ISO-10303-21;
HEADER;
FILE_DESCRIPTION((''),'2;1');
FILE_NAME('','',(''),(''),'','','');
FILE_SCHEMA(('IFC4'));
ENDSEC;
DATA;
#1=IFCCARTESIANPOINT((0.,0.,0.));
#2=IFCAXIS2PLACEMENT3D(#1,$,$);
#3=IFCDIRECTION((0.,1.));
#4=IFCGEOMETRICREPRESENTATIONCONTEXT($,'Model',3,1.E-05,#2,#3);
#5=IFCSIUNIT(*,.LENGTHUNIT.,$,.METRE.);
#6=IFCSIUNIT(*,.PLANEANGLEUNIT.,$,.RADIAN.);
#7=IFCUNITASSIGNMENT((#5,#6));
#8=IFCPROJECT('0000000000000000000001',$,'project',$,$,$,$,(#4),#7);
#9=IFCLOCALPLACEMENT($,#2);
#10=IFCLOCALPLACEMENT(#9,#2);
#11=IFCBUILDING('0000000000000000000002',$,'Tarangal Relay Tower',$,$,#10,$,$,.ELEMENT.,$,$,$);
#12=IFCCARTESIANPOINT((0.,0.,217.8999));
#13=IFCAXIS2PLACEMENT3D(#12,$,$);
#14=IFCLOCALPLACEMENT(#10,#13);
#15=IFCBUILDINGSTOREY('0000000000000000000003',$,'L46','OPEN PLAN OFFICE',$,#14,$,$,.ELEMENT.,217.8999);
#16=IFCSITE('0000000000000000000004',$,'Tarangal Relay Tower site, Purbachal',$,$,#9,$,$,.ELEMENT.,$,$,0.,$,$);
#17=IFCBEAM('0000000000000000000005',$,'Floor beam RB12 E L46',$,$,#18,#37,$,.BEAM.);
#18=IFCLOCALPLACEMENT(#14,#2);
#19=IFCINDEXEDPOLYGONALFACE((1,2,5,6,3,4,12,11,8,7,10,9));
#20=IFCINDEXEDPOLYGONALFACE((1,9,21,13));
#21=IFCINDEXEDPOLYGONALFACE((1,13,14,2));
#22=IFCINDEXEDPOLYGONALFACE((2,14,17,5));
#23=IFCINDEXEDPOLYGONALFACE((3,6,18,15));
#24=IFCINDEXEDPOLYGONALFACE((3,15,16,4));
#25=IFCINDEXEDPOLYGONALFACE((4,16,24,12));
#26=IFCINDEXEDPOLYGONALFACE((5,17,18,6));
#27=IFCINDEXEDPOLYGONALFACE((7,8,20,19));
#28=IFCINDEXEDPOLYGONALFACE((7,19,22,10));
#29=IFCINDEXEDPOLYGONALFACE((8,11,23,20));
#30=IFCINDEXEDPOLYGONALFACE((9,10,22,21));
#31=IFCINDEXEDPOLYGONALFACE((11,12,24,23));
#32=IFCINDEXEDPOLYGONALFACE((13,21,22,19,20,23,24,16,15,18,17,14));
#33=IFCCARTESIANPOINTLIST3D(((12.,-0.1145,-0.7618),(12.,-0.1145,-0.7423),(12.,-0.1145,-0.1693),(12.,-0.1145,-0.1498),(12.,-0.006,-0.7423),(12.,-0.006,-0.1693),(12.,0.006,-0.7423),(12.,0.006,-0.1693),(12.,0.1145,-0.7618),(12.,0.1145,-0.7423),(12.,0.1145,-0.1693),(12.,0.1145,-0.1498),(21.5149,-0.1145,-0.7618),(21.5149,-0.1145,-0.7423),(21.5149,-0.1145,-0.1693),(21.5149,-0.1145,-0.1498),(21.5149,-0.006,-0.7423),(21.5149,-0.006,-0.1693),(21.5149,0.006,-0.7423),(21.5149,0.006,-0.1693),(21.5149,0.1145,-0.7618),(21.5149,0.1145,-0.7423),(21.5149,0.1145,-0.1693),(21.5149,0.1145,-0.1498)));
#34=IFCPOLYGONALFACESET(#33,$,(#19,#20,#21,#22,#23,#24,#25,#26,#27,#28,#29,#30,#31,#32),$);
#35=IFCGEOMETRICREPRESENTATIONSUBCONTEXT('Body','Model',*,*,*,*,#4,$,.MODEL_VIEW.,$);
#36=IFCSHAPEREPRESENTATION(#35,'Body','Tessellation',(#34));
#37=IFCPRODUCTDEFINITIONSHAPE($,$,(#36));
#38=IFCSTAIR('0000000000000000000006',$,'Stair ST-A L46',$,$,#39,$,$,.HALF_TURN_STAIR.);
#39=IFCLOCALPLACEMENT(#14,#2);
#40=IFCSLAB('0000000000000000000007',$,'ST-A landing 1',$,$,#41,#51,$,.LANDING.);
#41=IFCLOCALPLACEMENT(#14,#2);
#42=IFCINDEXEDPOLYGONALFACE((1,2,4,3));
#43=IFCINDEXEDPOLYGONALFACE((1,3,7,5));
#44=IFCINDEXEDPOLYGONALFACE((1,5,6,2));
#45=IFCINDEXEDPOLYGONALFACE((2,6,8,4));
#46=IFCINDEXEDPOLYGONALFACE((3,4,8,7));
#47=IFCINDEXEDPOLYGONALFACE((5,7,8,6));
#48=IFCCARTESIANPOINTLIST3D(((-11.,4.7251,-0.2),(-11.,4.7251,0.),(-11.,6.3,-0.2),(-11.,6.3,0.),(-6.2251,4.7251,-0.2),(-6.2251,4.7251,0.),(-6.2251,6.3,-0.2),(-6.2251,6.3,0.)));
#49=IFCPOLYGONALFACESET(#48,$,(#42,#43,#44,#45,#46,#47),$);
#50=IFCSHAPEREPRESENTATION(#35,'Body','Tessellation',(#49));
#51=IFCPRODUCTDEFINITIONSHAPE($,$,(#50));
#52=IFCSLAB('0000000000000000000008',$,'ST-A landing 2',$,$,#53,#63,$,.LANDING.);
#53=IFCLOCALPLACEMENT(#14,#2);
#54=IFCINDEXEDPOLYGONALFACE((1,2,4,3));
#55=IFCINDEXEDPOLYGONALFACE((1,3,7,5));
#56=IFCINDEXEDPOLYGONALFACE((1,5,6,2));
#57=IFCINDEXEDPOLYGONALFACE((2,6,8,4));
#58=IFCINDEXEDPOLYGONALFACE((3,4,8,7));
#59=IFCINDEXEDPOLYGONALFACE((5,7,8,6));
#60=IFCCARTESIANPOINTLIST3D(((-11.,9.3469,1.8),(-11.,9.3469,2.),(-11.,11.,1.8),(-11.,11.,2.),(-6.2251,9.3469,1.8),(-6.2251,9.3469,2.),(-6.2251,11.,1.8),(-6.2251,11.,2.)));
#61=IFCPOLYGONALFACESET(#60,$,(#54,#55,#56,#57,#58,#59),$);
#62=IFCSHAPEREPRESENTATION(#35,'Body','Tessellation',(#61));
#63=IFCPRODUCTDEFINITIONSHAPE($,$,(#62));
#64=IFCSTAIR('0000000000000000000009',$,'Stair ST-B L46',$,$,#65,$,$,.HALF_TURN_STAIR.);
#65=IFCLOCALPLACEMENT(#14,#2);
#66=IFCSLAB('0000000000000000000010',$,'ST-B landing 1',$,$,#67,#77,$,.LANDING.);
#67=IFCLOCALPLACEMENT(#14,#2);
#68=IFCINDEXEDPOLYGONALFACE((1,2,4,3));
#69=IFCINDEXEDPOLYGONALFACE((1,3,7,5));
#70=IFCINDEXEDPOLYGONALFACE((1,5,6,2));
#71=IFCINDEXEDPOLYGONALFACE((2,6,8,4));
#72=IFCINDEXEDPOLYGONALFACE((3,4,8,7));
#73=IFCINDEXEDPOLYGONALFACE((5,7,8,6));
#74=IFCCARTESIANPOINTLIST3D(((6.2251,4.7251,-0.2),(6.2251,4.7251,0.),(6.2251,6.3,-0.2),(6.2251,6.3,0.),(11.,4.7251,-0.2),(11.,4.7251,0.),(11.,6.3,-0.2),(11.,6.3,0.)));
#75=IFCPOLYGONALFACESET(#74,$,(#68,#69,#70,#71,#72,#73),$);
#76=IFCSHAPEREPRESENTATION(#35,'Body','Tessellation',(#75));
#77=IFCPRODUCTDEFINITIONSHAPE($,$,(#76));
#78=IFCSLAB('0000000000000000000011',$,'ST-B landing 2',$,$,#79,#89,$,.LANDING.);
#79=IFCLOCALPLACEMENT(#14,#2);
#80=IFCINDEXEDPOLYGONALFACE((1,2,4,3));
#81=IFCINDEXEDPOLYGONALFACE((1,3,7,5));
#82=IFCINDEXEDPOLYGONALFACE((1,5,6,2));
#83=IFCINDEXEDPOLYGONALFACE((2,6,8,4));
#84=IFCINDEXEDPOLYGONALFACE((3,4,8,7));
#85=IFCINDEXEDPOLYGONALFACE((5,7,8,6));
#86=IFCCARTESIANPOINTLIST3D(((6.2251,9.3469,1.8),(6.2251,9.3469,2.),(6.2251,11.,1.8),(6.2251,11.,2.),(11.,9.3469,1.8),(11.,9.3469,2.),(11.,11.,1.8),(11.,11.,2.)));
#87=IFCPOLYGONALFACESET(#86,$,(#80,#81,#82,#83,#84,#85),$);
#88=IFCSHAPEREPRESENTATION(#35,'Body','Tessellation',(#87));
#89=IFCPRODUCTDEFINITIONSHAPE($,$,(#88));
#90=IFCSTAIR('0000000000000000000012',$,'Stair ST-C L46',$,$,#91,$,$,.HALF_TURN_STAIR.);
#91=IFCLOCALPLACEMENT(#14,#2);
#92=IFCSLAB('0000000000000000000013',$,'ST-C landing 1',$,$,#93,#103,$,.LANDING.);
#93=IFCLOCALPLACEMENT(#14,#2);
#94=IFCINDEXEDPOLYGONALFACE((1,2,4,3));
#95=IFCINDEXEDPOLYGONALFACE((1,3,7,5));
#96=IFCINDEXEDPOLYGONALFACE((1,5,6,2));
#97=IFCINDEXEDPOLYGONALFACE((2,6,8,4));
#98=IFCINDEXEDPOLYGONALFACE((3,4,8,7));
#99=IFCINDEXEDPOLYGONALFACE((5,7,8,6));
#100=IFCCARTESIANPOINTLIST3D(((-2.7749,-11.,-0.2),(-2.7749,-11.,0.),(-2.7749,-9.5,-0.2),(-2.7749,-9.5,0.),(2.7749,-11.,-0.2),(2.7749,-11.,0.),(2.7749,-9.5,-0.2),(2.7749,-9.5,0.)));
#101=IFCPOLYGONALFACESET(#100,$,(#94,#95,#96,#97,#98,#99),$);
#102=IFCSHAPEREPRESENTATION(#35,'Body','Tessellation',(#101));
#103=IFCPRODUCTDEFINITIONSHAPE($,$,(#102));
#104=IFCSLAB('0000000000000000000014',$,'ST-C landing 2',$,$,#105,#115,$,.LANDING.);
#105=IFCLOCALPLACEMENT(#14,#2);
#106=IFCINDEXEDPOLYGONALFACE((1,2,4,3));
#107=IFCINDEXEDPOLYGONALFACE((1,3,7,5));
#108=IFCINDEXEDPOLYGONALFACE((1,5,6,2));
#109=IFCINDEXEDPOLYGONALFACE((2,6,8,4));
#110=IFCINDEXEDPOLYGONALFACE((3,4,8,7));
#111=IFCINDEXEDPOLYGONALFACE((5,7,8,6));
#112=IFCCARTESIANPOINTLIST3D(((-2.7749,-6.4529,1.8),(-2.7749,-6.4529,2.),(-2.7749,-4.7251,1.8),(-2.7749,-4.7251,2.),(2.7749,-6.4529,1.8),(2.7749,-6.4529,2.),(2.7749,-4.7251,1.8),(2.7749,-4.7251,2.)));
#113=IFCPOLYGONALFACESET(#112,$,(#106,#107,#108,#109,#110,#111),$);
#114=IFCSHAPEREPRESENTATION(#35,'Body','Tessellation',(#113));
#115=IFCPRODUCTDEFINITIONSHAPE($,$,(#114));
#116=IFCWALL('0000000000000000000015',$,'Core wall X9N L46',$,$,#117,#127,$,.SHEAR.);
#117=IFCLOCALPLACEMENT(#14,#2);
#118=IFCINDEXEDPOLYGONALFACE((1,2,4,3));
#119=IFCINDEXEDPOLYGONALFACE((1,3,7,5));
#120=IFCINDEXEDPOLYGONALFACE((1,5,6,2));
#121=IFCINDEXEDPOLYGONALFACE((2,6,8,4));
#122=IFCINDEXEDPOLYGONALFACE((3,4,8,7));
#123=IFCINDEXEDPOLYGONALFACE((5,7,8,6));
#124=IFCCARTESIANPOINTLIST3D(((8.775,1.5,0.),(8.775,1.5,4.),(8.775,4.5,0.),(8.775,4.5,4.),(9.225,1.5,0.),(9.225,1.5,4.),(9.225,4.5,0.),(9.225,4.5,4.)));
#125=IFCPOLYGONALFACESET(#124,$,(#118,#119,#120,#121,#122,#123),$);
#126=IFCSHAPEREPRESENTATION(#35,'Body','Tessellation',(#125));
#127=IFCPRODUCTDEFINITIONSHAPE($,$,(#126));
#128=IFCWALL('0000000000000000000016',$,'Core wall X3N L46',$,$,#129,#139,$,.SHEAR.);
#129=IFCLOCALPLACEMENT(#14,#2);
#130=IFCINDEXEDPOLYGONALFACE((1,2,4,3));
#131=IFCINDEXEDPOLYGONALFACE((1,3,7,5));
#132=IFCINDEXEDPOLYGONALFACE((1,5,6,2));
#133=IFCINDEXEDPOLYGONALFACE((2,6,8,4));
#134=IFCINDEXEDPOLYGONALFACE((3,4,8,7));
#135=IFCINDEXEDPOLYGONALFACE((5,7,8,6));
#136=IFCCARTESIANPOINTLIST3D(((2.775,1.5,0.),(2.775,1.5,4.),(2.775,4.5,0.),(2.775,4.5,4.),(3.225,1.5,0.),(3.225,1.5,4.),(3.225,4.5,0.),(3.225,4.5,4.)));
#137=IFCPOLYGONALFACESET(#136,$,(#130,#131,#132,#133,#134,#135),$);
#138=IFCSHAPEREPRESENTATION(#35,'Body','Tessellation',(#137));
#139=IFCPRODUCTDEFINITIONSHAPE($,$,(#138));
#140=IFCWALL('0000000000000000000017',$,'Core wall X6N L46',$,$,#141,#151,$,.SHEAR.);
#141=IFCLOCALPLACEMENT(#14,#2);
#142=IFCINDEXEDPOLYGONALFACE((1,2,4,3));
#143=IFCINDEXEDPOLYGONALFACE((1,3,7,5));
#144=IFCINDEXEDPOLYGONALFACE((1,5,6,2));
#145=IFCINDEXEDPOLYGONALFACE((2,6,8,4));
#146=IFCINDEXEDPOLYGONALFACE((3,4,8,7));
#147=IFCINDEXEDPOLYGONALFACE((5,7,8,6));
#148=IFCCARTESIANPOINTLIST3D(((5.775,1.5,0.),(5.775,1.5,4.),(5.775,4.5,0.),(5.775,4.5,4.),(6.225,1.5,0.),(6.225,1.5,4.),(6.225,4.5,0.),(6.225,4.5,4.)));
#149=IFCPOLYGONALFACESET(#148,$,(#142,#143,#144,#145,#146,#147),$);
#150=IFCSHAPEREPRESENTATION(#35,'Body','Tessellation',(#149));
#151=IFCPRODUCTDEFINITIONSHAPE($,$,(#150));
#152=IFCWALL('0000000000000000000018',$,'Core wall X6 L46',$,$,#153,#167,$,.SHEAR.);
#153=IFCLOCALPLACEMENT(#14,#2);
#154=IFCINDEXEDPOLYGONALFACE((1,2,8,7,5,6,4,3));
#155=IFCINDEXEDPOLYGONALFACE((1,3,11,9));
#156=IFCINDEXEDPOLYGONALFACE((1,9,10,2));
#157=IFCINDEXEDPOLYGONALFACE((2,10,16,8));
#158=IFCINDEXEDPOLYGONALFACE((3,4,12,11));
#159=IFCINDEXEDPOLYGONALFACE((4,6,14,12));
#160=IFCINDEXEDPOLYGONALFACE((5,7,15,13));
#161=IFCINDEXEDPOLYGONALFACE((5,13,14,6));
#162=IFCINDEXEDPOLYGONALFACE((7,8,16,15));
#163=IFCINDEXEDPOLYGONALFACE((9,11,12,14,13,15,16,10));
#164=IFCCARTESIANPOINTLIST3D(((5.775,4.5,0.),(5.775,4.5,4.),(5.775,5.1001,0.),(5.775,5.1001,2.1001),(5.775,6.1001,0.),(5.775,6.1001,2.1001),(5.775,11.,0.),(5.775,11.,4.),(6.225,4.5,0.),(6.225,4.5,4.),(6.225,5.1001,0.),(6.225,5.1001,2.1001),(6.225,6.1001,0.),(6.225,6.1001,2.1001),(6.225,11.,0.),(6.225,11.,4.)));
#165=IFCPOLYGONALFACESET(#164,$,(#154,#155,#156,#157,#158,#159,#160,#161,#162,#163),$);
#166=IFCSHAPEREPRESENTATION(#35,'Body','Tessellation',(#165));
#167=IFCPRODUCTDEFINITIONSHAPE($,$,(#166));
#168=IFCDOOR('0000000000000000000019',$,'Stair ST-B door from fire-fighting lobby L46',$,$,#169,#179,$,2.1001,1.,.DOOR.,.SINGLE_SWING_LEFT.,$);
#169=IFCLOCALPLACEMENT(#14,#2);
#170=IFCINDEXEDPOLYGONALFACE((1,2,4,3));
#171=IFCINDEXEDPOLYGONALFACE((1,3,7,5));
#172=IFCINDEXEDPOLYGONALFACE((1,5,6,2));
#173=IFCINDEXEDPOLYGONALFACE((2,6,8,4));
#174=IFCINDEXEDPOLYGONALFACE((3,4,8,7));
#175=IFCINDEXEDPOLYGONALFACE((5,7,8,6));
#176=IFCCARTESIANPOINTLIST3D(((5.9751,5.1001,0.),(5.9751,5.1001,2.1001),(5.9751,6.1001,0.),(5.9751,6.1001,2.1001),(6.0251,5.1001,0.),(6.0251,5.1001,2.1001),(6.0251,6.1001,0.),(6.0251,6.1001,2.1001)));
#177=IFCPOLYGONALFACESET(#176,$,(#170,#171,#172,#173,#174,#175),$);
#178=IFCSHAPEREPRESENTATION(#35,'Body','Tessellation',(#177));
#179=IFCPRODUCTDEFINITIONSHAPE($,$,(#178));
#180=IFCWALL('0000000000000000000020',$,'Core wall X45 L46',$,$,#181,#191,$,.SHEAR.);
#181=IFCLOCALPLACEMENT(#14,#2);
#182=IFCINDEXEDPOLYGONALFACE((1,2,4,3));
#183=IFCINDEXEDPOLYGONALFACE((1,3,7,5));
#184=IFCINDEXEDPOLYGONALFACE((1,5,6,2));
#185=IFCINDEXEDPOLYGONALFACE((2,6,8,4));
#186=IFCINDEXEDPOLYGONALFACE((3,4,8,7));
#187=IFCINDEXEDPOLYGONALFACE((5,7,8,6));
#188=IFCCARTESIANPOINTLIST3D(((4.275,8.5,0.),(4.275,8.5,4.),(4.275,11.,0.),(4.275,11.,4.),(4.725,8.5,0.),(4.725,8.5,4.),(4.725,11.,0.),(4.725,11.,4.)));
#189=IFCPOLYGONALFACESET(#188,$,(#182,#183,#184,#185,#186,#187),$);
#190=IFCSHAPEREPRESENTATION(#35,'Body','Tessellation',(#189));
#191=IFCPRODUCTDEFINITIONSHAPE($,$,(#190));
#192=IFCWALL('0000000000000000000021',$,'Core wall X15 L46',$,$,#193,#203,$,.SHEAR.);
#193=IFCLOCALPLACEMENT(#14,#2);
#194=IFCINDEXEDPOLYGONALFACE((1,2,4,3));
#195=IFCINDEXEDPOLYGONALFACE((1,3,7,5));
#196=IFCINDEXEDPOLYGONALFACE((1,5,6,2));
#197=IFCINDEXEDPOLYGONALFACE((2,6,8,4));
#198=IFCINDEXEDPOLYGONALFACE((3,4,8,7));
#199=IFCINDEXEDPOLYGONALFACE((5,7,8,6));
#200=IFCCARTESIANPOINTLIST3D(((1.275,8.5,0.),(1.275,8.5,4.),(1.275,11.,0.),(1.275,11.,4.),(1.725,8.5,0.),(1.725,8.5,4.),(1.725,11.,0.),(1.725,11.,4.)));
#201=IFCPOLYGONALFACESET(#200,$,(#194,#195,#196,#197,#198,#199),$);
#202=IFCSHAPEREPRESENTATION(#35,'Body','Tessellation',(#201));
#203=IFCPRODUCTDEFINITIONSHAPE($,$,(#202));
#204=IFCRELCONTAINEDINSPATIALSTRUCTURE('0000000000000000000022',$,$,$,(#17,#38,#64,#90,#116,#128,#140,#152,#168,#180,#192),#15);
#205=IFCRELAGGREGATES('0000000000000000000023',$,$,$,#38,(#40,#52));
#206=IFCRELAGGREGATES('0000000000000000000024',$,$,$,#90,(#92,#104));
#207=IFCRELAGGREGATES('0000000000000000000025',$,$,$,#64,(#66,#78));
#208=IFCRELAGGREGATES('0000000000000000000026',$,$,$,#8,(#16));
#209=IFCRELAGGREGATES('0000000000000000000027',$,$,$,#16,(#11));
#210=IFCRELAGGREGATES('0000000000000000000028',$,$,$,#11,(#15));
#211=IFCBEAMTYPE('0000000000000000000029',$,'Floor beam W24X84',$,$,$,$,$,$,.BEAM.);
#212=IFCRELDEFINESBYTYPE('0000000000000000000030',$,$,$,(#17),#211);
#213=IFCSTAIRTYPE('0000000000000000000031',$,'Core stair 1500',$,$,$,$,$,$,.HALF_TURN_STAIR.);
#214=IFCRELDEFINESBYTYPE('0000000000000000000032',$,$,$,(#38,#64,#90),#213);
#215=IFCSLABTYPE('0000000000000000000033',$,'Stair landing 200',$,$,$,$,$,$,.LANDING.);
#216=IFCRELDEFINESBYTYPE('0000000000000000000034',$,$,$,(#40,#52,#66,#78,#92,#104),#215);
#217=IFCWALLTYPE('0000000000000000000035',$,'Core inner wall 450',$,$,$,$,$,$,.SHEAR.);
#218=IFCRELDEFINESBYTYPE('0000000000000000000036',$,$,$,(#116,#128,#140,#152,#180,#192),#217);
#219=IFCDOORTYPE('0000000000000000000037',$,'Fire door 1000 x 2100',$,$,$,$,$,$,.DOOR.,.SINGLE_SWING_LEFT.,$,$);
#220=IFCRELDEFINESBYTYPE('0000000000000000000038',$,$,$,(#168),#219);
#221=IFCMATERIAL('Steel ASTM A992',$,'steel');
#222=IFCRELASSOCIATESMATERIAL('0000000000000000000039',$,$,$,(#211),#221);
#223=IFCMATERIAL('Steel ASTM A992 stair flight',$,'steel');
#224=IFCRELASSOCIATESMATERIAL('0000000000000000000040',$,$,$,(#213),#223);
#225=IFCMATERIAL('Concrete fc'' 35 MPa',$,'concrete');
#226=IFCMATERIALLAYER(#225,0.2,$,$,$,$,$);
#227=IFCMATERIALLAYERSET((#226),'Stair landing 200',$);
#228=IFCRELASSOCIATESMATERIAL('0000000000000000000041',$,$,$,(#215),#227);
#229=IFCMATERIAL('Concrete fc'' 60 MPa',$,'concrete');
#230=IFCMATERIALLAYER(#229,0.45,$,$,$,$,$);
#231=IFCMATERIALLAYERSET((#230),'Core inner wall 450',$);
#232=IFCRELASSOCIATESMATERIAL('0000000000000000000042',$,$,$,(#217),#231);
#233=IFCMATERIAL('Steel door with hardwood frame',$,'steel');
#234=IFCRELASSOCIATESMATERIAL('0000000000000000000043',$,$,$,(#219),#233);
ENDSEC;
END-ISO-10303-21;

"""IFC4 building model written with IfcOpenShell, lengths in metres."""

from ifc_helpers import new_model, si_unit, direction, frame, frame_2d, origin, origin_2d, place, context, subcontext, project, spatial, polyline, rectangle, i_section, outline, extrude, material, layer, layer_set, material_profile, profile_set, type_object, element, fill, aggregate, save


model = new_model("IFC4")

# Units and contexts
model_context = context("Model", 3, precision=1e-05, world=origin(), true_north=direction((0.0, 1.0)))
body_context = subcontext(model_context, "Body", "Model", "MODEL_VIEW")
ifc_project = project(units=[si_unit("LENGTHUNIT", "METRE"), si_unit("PLANEANGLEUNIT", "RADIAN")], contexts=[model_context])

# Site, building, storey
site_placement = place(None, origin())
site = spatial("IfcSite", under=ifc_project, at=site_placement, Name="Tarangal Relay Tower site, Purbachal", CompositionType="ELEMENT", RefElevation=0.0)
building_placement = place(site_placement, origin())
building = spatial("IfcBuilding", under=site, at=building_placement, Name="Tarangal Relay Tower", CompositionType="ELEMENT")
storey_placement = place(building_placement, frame((0.0, 0.0, 217.8999)))
storey = spatial("IfcBuildingStorey", under=building, at=storey_placement, Name="L46", Description="OPEN PLAN OFFICE", CompositionType="ELEMENT", Elevation=217.8999)

# Beam
ifc_material_1 = material(Name="Steel ASTM A992", Category="steel")
ifc_material_profile = material_profile(ifc_material_1, i_section(OverallWidth=0.229, OverallDepth=0.6121, WebThickness=0.012, FlangeThickness=0.0195, at=origin_2d()), Name="W24X84")
ifc_profile_set = profile_set([ifc_material_profile], Name="Steel ASTM A992")
beam_type = type_object("IfcBeamType", Name="Floor beam W24X84", PredefinedType="BEAM", material=ifc_profile_set)
beam_placement = place(storey_placement, frame((12.0, 0.0, -0.4558), z_axis=(1.0, 0.0, 0.0), x_axis=(0.0, 1.0, 0.0)))
element("IfcBeam", 1, at=beam_placement, inside=storey, type_object=beam_type, Name="Floor beam RB12 E L46", PredefinedType="BEAM", context=body_context, shape_type="SweptSolid", body=[
    extrude(i_section(OverallWidth=0.229, OverallDepth=0.6121, WebThickness=0.012, FlangeThickness=0.0195, at=origin_2d()), origin(), (0.0, 0.0, 1.0), 9.5149),
])

# Stairs, slabs
ifc_material_2 = material(Name="Steel ASTM A992 stair flight", Category="steel")
stair_type = type_object("IfcStairType", Name="Core stair 1500", PredefinedType="HALF_TURN_STAIR", material=ifc_material_2)
stair_1_placement = place(storey_placement, origin())
stair_1 = element("IfcStair", 2, at=stair_1_placement, inside=storey, type_object=stair_type, Name="Stair ST-A L46", PredefinedType="HALF_TURN_STAIR")
ifc_material_3 = material(Name="Concrete fc' 35 MPa", Category="concrete")
ifc_layer_1 = layer(ifc_material_3, 0.2)
ifc_layer_set_1 = layer_set([ifc_layer_1], Name="Stair landing 200")
slab_type = type_object("IfcSlabType", Name="Stair landing 200", PredefinedType="LANDING", material=ifc_layer_set_1)
slab_1_placement = place(storey_placement, frame((0.0, 0.0, -0.2)))
slab_1 = element("IfcSlab", 3, at=slab_1_placement, type_object=slab_type, Name="ST-A landing 1", PredefinedType="LANDING", context=body_context, shape_type="SweptSolid", body=[
    extrude(outline(polyline([(-11.0, 4.7251), (-6.2251, 4.7251), (-6.2251, 6.3), (-11.0, 6.3), (-11.0, 4.7251)])), origin(), (0.0, 0.0, 1.0), 0.2),
])
slab_2_placement = place(storey_placement, frame((0.0, 0.0, 1.8)))
slab_2 = element("IfcSlab", 4, at=slab_2_placement, type_object=slab_type, Name="ST-A landing 2", PredefinedType="LANDING", context=body_context, shape_type="SweptSolid", body=[
    extrude(outline(polyline([(-11.0, 9.3469), (-6.2251, 9.3469), (-6.2251, 11.0), (-11.0, 11.0), (-11.0, 9.3469)])), origin(), (0.0, 0.0, 1.0), 0.2),
])
aggregate(stair_1, [slab_1, slab_2])
stair_2_placement = place(storey_placement, origin())
stair_2 = element("IfcStair", 5, at=stair_2_placement, inside=storey, type_object=stair_type, Name="Stair ST-B L46", PredefinedType="HALF_TURN_STAIR")
slab_3_placement = place(storey_placement, frame((0.0, 0.0, -0.2)))
slab_3 = element("IfcSlab", 6, at=slab_3_placement, type_object=slab_type, Name="ST-B landing 1", PredefinedType="LANDING", context=body_context, shape_type="SweptSolid", body=[
    extrude(outline(polyline([(6.2251, 4.7251), (11.0, 4.7251), (11.0, 6.3), (6.2251, 6.3), (6.2251, 4.7251)])), origin(), (0.0, 0.0, 1.0), 0.2),
])
slab_4_placement = place(storey_placement, frame((0.0, 0.0, 1.8)))
slab_4 = element("IfcSlab", 7, at=slab_4_placement, type_object=slab_type, Name="ST-B landing 2", PredefinedType="LANDING", context=body_context, shape_type="SweptSolid", body=[
    extrude(outline(polyline([(6.2251, 9.3469), (11.0, 9.3469), (11.0, 11.0), (6.2251, 11.0), (6.2251, 9.3469)])), origin(), (0.0, 0.0, 1.0), 0.2),
])
stair_3_placement = place(storey_placement, origin())
stair_3 = element("IfcStair", 8, at=stair_3_placement, inside=storey, type_object=stair_type, Name="Stair ST-C L46", PredefinedType="HALF_TURN_STAIR")
slab_5_placement = place(storey_placement, frame((0.0, 0.0, -0.2)))
slab_5 = element("IfcSlab", 9, at=slab_5_placement, type_object=slab_type, Name="ST-C landing 1", PredefinedType="LANDING", context=body_context, shape_type="SweptSolid", body=[
    extrude(outline(polyline([(-2.7749, -11.0), (2.7749, -11.0), (2.7749, -9.5), (-2.7749, -9.5), (-2.7749, -11.0)])), origin(), (0.0, 0.0, 1.0), 0.2),
])
slab_6_placement = place(storey_placement, frame((0.0, 0.0, 1.8)))
slab_6 = element("IfcSlab", 10, at=slab_6_placement, type_object=slab_type, Name="ST-C landing 2", PredefinedType="LANDING", context=body_context, shape_type="SweptSolid", body=[
    extrude(outline(polyline([(-2.7749, -6.4529), (2.7749, -6.4529), (2.7749, -4.7251), (-2.7749, -4.7251), (-2.7749, -6.4529)])), origin(), (0.0, 0.0, 1.0), 0.2),
])
aggregate(stair_3, [slab_5, slab_6])

# Walls
ifc_material_4 = material(Name="Concrete fc' 60 MPa", Category="concrete")
ifc_layer_2 = layer(ifc_material_4, 0.45)
ifc_layer_set_2 = layer_set([ifc_layer_2], Name="Core inner wall 450")
wall_type_1 = type_object("IfcWallType", Name="Core inner wall 450", PredefinedType="SHEAR", material=ifc_layer_set_2)
for number, where, z_axis, x_axis, name in (
    (11, (9.0, 1.5, 0.0), (0.0, 0.0, 1.0), (0.0, 1.0, 0.0), "Core wall X9N L46"),
    (12, (3.0, 1.5, 0.0), (0.0, 0.0, 1.0), (0.0, 1.0, 0.0), "Core wall X3N L46"),
    (13, (6.0, 1.5, 0.0), (0.0, 0.0, 1.0), (0.0, 1.0, 0.0), "Core wall X6N L46"),
):
    element("IfcWall", number, at=place(storey_placement, frame(where, z_axis=z_axis, x_axis=x_axis)), inside=storey, type_object=wall_type_1, Name=name, PredefinedType="SHEAR", context=body_context, shape_type="SweptSolid", body=[
        extrude(rectangle(XDim=3.0, YDim=0.45, at=frame_2d((1.5, 0.0))), origin(), (0.0, 0.0, 1.0), 4.0),
    ])

# Wall, opening, door
wall_1_placement = place(storey_placement, frame((6.0, 4.5, 0.0), z_axis=(0.0, 0.0, 1.0), x_axis=(0.0, 1.0, 0.0)))
wall_1 = element("IfcWall", 14, at=wall_1_placement, inside=storey, type_object=wall_type_1, Name="Core wall X6 L46", PredefinedType="SHEAR", context=body_context, shape_type="SweptSolid", body=[
    extrude(rectangle(XDim=6.5, YDim=0.45, at=frame_2d((3.25, 0.0))), origin(), (0.0, 0.0, 1.0), 4.0),
])
opening_1_placement = place(wall_1_placement, frame((0.6001, 0.0, 0.0)))
opening_1 = element("IfcOpeningElement", 15, at=opening_1_placement, cuts=wall_1, PredefinedType="OPENING", context=body_context, shape_type="SweptSolid", body=[
    extrude(rectangle(XDim=1.0, YDim=2.1001, at=frame_2d((0.5, 1.05))), frame((0.0, 0.2349, 0.0), z_axis=(0.0, -1.0, 0.0), x_axis=(1.0, 0.0, 0.0)), (0.0, 0.0, 1.0), 0.47),
])
ifc_material_5 = material(Name="Steel door with hardwood frame", Category="steel")
door_type_1 = type_object("IfcDoorType", Name="Fire door 1000 x 2100", OperationType="SINGLE_SWING_LEFT", PredefinedType="DOOR", material=ifc_material_5)
door_1_placement = place(opening_1_placement, origin())
door_1 = element("IfcDoor", 16, at=door_1_placement, inside=storey, type_object=door_type_1, Name="Stair ST-B door from fire-fighting lobby L46", OperationType="SINGLE_SWING_LEFT", OverallHeight=2.1001, OverallWidth=1.0, PredefinedType="DOOR", context=body_context, shape_type="SweptSolid", body=[
    extrude(rectangle(XDim=1.0, YDim=2.1001, at=frame_2d((0.5, 1.05))), frame((0.0, 0.0249, 0.0), z_axis=(0.0, -1.0, 0.0), x_axis=(1.0, 0.0, 0.0)), (0.0, 0.0, 1.0), 0.05),
])
fill(opening_1, door_1)

# Walls
for number, where, z_axis, x_axis, name in (
    (17, (4.5, 8.5, 0.0), (0.0, 0.0, 1.0), (0.0, 1.0, 0.0), "Core wall X45 L46"),
    (18, (1.5, 8.5, 0.0), (0.0, 0.0, 1.0), (0.0, 1.0, 0.0), "Core wall X15 L46"),
):
    element("IfcWall", number, at=place(storey_placement, frame(where, z_axis=z_axis, x_axis=x_axis)), inside=storey, type_object=wall_type_1, Name=name, PredefinedType="SHEAR", context=body_context, shape_type="SweptSolid", body=[
        extrude(rectangle(XDim=2.5, YDim=0.45, at=frame_2d((1.25, 0.0))), origin(), (0.0, 0.0, 1.0), 4.0),
    ])

aggregate(stair_2, [slab_3, slab_4])

save(model, "model.ifc")
